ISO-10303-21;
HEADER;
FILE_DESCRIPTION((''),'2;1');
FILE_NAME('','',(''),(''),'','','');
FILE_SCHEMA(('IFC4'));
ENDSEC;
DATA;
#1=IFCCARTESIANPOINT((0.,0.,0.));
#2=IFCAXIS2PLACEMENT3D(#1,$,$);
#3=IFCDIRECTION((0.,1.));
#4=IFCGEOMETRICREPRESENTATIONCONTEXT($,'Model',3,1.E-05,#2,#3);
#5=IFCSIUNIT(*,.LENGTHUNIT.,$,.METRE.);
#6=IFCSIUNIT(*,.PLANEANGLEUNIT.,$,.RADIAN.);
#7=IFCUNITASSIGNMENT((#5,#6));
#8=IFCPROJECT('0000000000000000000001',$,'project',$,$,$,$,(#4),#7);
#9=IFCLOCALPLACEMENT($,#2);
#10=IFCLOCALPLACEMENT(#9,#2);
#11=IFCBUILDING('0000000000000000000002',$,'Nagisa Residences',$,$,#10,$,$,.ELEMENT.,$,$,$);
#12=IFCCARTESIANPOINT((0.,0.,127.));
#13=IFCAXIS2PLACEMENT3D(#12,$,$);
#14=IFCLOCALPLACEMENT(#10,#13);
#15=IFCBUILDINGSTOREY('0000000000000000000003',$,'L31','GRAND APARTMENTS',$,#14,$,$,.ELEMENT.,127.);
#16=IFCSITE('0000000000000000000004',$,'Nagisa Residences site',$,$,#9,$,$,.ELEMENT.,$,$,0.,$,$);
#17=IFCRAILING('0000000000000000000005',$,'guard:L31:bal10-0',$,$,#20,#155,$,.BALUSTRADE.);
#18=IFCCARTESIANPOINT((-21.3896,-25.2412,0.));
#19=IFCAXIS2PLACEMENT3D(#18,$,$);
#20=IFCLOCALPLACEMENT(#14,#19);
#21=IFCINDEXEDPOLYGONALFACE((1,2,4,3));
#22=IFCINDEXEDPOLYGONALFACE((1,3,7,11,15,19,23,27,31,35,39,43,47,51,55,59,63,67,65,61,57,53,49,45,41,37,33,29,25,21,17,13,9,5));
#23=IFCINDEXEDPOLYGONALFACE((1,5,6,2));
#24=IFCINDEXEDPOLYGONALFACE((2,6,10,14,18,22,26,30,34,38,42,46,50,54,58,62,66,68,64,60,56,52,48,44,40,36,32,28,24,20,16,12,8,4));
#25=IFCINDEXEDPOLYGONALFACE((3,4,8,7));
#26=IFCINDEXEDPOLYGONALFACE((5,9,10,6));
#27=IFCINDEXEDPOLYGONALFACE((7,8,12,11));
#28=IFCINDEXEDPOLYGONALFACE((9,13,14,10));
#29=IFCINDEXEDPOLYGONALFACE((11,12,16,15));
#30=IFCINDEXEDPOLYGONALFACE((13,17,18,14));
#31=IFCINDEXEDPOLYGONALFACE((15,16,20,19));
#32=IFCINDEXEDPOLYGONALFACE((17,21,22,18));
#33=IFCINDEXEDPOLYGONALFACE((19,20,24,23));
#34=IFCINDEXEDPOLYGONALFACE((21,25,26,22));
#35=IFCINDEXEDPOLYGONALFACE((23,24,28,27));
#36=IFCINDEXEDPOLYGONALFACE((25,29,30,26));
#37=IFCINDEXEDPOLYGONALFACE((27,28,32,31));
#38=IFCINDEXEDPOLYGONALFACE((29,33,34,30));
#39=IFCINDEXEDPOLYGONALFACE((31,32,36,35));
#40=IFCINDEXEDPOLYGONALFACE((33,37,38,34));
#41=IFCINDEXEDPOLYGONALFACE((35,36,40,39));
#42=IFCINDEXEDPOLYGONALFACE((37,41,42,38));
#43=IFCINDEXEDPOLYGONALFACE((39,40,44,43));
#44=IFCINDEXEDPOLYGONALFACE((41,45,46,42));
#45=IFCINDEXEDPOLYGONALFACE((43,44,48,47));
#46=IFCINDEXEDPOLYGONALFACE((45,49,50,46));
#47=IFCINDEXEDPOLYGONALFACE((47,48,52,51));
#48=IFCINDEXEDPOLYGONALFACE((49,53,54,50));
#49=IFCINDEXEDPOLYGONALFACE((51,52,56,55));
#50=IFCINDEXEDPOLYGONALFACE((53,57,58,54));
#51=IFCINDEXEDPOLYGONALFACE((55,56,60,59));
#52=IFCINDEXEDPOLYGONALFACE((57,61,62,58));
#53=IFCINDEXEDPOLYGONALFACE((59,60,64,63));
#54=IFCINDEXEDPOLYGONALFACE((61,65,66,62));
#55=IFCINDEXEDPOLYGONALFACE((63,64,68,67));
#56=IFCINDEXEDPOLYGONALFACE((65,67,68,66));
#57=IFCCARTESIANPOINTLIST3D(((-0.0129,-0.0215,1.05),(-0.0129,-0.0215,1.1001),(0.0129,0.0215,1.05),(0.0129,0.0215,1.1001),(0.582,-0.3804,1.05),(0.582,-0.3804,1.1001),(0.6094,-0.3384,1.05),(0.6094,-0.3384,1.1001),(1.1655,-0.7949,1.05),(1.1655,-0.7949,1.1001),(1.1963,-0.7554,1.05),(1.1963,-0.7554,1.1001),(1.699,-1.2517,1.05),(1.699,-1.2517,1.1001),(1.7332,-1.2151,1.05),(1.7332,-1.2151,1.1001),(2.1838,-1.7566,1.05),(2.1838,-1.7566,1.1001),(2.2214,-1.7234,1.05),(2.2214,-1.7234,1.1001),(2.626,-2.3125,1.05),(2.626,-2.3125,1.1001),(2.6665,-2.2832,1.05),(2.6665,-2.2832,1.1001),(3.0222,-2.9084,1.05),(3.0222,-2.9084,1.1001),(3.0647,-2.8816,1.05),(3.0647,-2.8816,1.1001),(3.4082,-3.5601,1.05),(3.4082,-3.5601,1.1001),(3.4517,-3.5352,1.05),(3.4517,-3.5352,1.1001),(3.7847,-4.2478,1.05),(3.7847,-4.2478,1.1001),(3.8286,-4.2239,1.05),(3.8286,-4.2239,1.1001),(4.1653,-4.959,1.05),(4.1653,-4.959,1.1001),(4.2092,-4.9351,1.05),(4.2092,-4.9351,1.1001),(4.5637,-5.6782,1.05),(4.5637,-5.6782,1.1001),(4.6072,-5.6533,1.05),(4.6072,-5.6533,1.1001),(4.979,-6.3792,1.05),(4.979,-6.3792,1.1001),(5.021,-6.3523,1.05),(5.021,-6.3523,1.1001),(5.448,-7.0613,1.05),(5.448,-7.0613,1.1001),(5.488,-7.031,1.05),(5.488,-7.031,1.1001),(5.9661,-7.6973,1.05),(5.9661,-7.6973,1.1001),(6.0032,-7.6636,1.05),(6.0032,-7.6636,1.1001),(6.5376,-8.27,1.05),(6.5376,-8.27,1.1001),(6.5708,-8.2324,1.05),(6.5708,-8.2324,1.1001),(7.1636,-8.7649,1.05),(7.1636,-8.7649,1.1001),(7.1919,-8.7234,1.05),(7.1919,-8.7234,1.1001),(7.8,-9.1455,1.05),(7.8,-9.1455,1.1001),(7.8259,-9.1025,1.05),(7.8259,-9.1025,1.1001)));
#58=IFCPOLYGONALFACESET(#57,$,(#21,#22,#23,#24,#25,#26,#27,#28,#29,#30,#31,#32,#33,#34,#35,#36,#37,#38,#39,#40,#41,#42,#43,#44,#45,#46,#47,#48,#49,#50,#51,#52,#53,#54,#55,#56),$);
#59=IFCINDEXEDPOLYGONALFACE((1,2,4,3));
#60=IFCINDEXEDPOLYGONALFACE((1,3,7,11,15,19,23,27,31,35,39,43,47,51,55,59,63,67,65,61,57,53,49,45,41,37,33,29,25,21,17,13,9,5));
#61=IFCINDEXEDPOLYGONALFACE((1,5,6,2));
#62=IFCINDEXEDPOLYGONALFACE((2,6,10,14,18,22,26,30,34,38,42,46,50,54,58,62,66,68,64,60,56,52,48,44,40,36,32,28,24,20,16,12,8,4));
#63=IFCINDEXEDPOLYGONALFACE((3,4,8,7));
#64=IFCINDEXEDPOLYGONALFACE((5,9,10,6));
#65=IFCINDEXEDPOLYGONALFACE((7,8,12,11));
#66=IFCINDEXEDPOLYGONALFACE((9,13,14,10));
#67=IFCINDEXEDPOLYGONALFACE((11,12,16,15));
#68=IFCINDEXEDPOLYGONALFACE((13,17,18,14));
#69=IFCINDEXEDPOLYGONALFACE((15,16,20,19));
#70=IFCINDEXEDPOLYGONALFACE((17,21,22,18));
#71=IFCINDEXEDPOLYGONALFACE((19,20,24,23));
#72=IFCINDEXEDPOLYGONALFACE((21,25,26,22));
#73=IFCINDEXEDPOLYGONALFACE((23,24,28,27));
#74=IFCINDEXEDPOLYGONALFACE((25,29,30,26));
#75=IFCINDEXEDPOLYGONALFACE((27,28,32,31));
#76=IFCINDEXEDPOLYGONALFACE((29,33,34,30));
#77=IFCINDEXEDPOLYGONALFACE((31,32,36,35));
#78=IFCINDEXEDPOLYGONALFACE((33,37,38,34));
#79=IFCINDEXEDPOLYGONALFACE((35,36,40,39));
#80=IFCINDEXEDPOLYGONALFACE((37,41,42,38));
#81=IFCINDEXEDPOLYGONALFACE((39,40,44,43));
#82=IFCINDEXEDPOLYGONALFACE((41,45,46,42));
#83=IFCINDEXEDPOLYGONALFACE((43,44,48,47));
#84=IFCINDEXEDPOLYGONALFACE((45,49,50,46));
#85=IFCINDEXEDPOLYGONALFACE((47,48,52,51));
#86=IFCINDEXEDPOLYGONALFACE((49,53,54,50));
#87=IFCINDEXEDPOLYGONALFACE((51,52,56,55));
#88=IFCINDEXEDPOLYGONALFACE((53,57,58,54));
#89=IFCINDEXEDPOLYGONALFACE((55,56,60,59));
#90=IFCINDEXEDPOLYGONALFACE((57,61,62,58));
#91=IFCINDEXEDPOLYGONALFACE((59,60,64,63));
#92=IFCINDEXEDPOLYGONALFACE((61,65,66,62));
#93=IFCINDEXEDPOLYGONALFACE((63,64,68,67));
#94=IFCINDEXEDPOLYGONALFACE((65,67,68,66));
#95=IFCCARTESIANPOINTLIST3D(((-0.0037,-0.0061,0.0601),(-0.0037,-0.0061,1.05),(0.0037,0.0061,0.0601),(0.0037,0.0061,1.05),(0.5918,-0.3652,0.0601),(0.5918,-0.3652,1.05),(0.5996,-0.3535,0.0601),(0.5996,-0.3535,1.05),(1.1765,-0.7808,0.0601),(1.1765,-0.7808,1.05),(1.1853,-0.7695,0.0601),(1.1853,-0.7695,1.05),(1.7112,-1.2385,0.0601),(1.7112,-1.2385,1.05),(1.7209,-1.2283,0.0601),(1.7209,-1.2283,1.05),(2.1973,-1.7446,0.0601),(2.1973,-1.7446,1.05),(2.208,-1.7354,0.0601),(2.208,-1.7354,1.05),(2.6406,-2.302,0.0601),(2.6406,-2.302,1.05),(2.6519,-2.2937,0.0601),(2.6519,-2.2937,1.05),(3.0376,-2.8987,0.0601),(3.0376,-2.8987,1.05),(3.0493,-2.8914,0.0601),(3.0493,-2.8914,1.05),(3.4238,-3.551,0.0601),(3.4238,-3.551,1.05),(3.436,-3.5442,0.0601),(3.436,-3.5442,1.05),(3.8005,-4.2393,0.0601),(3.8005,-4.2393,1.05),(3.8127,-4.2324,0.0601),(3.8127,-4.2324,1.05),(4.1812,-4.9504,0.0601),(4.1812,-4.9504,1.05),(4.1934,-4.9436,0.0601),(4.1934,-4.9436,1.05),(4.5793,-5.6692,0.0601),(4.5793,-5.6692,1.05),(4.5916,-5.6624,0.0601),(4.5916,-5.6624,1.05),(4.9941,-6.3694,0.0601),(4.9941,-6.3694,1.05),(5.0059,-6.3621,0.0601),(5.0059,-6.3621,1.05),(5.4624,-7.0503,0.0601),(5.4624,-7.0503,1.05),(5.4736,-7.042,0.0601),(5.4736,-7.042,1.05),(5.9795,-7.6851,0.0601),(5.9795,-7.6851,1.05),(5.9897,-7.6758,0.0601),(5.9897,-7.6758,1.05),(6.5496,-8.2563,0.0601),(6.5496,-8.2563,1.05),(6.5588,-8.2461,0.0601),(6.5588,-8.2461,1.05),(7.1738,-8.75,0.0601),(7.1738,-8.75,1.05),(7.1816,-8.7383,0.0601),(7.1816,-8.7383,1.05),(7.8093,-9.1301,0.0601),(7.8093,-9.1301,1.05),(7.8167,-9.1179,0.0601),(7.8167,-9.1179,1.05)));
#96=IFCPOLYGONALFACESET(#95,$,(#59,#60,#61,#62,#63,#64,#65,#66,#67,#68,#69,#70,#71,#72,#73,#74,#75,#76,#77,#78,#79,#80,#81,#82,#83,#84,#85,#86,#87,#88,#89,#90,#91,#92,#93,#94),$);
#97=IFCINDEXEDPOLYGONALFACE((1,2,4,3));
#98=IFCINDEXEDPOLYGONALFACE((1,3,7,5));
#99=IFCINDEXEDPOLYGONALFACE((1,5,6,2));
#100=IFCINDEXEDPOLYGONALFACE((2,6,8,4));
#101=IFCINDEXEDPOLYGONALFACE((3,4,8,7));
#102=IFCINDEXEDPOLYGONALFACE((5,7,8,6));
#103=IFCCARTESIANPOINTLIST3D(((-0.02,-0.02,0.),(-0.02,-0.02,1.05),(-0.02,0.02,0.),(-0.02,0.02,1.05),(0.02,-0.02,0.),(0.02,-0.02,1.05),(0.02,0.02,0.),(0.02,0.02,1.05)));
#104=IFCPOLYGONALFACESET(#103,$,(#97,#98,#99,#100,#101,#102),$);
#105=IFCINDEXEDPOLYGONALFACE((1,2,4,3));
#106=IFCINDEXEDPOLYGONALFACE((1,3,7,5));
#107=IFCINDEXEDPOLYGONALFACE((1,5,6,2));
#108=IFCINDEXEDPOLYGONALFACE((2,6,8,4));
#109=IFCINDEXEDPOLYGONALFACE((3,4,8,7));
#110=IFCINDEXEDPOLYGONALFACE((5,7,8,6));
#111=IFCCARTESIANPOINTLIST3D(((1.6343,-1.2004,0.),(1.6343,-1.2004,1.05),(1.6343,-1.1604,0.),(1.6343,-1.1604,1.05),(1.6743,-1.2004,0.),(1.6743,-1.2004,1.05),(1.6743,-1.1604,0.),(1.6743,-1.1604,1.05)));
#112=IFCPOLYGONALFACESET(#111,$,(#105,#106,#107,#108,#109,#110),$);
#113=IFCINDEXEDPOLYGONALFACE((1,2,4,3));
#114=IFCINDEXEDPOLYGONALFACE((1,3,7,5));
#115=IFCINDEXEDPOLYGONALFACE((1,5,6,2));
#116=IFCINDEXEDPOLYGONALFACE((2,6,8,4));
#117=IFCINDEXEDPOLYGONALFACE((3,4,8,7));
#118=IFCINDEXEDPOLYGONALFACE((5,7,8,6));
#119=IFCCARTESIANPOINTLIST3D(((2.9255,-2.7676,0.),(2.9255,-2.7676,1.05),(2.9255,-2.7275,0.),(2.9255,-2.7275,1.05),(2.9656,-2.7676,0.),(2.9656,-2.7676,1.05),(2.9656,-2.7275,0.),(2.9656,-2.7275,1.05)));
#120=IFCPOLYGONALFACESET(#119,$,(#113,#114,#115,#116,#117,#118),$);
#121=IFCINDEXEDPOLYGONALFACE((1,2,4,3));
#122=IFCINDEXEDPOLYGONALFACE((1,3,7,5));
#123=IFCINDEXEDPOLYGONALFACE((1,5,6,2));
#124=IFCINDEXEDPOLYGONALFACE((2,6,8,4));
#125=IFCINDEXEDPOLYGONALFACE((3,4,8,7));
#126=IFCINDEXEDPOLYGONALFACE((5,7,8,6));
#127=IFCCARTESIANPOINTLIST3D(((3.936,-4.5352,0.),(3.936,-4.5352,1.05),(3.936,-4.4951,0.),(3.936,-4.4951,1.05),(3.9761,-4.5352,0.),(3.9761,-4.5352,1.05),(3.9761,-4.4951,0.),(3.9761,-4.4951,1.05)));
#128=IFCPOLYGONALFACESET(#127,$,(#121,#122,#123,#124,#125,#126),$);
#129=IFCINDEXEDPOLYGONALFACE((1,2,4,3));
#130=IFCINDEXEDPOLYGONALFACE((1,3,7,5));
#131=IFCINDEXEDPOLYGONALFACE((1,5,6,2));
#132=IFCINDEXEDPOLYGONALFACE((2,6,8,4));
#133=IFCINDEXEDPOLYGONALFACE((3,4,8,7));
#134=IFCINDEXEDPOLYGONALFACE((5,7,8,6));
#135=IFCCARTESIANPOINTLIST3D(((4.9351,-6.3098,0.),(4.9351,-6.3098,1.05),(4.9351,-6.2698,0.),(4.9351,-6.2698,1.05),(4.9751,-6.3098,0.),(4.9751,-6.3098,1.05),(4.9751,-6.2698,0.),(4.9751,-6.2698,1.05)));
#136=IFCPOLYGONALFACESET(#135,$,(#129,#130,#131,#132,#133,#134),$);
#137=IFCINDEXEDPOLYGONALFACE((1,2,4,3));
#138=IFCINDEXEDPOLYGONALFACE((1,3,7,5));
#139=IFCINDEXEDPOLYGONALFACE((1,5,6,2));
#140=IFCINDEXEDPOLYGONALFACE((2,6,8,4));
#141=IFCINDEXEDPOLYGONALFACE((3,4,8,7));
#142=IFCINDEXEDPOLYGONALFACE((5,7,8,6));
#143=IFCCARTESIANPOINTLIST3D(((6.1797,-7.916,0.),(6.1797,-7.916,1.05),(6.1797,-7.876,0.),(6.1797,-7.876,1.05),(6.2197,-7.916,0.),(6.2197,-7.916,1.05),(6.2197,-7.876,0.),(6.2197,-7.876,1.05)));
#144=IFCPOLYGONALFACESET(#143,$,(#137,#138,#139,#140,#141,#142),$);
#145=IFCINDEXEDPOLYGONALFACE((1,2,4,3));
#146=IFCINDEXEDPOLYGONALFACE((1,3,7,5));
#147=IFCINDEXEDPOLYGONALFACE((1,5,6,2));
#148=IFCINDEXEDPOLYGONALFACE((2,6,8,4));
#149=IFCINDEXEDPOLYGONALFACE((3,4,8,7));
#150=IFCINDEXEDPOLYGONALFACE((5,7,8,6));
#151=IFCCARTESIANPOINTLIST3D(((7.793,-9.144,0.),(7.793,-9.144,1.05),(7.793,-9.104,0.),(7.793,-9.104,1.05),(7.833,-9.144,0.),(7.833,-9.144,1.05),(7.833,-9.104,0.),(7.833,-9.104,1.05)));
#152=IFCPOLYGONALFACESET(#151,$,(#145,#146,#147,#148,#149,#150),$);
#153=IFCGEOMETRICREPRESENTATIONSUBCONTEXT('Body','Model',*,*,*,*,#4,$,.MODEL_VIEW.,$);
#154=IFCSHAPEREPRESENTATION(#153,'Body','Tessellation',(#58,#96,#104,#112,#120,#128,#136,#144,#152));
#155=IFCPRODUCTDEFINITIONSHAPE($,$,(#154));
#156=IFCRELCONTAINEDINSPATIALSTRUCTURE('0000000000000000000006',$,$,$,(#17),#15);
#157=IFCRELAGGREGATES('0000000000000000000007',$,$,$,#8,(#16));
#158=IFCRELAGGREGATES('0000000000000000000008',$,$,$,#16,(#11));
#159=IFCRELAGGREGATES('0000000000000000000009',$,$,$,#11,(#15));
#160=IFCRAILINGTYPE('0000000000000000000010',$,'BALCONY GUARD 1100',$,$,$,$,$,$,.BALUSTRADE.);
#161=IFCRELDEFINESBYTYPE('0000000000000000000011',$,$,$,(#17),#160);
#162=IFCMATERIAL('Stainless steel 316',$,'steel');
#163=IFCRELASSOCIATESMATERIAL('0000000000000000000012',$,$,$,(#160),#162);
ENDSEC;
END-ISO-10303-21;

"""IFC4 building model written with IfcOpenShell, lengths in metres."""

from ifc_helpers import new_model, si_unit, direction, frame, origin, origin_2d, place, context, subcontext, project, spatial, polyline, rectangle, outline, extrude, material, type_object, element, save


model = new_model("IFC4")

# Units and contexts
model_context = context("Model", 3, precision=1e-05, world=origin(), true_north=direction((0.0, 1.0)))
body_context = subcontext(model_context, "Body", "Model", "MODEL_VIEW")
ifc_project = project(units=[si_unit("LENGTHUNIT", "METRE"), si_unit("PLANEANGLEUNIT", "RADIAN")], contexts=[model_context])

# Site, building, storey
site_placement = place(None, origin())
site = spatial("IfcSite", under=ifc_project, at=site_placement, Name="Nagisa Residences site", CompositionType="ELEMENT", RefElevation=0.0)
building_placement = place(site_placement, origin())
building = spatial("IfcBuilding", under=site, at=building_placement, Name="Nagisa Residences", CompositionType="ELEMENT")
storey_placement = place(building_placement, frame((0.0, 0.0, 127.0)))
storey = spatial("IfcBuildingStorey", under=building, at=storey_placement, Name="L31", Description="GRAND APARTMENTS", CompositionType="ELEMENT", Elevation=127.0)

# Railing
ifc_material_1 = material(Name="Stainless steel 316", Category="steel")
railing_type = type_object("IfcRailingType", Name="BALCONY GUARD 1100", PredefinedType="BALUSTRADE", material=ifc_material_1)
railing_1_placement = place(storey_placement, frame((-21.3896, -25.2412, 0.0)))
element("IfcRailing", 1, at=railing_1_placement, inside=storey, type_object=railing_type, Name="guard:L31:bal10-0", PredefinedType="BALUSTRADE", context=body_context, shape_type="SweptSolid", body=[
    extrude(outline(polyline([(0.6094, -0.3384), (0.0129, 0.0215), (-0.0129, -0.0215), (0.582, -0.3804), (1.1655, -0.7949), (1.699, -1.2517), (2.1838, -1.7566), (2.626, -2.3125), (3.0222, -2.9084), (3.4082, -3.5601), (3.7847, -4.2478), (4.1653, -4.959), (4.5637, -5.6782), (4.979, -6.3792), (5.448, -7.0613), (5.9661, -7.6973), (6.5376, -8.27), (7.1636, -8.7649), (7.8, -9.1455), (7.8259, -9.1025), (7.1919, -8.7234), (6.5708, -8.2324), (6.0032, -7.6636), (5.488, -7.031), (5.021, -6.3523), (4.6072, -5.6533), (4.2092, -4.9351), (3.8286, -4.2239), (3.4517, -3.5352), (3.0647, -2.8816), (2.6665, -2.2832), (2.2214, -1.7234), (1.7332, -1.2151), (1.1963, -0.7554), (0.6094, -0.3384)])), frame((0.0, 0.0, 1.05)), (0.0, 0.0, 1.0), 0.05),
    extrude(outline(polyline([(0.5996, -0.3535), (0.0037, 0.0061), (-0.0037, -0.0061), (0.5918, -0.3652), (1.1765, -0.7808), (1.7112, -1.2385), (2.1973, -1.7446), (2.6406, -2.302), (3.0376, -2.8987), (3.4238, -3.551), (3.8005, -4.2393), (4.1812, -4.9504), (4.5793, -5.6692), (4.9941, -6.3694), (5.4624, -7.0503), (5.9795, -7.6851), (6.5496, -8.2563), (7.1738, -8.75), (7.8093, -9.1301), (7.8167, -9.1179), (7.1816, -8.7383), (6.5588, -8.2461), (5.9897, -7.6758), (5.4736, -7.042), (5.0059, -6.3621), (4.5916, -5.6624), (4.1934, -4.9436), (3.8127, -4.2324), (3.436, -3.5442), (3.0493, -2.8914), (2.6519, -2.2937), (2.208, -1.7354), (1.7209, -1.2283), (1.1853, -0.7695), (0.5996, -0.3535)])), frame((0.0, 0.0, 0.0601)), (0.0, 0.0, 1.0), 0.99),
    extrude(rectangle(XDim=0.04, YDim=0.04, at=origin_2d()), origin(), (0.0, 0.0, 1.0), 1.05),
    extrude(rectangle(XDim=0.04, YDim=0.04, at=origin_2d()), frame((1.6543, -1.1804, 0.0)), (0.0, 0.0, 1.0), 1.05),
    extrude(rectangle(XDim=0.04, YDim=0.04, at=origin_2d()), frame((2.9456, -2.7476, 0.0)), (0.0, 0.0, 1.0), 1.05),
    extrude(rectangle(XDim=0.04, YDim=0.04, at=origin_2d()), frame((3.9561, -4.5151, 0.0)), (0.0, 0.0, 1.0), 1.05),
    extrude(rectangle(XDim=0.04, YDim=0.04, at=origin_2d()), frame((4.9551, -6.2898, 0.0)), (0.0, 0.0, 1.0), 1.05),
    extrude(rectangle(XDim=0.04, YDim=0.04, at=origin_2d()), frame((6.1997, -7.896, 0.0)), (0.0, 0.0, 1.0), 1.05),
    extrude(rectangle(XDim=0.04, YDim=0.04, at=origin_2d()), frame((7.813, -9.124, 0.0)), (0.0, 0.0, 1.0), 1.05),
])

save(model, "model.ifc")
